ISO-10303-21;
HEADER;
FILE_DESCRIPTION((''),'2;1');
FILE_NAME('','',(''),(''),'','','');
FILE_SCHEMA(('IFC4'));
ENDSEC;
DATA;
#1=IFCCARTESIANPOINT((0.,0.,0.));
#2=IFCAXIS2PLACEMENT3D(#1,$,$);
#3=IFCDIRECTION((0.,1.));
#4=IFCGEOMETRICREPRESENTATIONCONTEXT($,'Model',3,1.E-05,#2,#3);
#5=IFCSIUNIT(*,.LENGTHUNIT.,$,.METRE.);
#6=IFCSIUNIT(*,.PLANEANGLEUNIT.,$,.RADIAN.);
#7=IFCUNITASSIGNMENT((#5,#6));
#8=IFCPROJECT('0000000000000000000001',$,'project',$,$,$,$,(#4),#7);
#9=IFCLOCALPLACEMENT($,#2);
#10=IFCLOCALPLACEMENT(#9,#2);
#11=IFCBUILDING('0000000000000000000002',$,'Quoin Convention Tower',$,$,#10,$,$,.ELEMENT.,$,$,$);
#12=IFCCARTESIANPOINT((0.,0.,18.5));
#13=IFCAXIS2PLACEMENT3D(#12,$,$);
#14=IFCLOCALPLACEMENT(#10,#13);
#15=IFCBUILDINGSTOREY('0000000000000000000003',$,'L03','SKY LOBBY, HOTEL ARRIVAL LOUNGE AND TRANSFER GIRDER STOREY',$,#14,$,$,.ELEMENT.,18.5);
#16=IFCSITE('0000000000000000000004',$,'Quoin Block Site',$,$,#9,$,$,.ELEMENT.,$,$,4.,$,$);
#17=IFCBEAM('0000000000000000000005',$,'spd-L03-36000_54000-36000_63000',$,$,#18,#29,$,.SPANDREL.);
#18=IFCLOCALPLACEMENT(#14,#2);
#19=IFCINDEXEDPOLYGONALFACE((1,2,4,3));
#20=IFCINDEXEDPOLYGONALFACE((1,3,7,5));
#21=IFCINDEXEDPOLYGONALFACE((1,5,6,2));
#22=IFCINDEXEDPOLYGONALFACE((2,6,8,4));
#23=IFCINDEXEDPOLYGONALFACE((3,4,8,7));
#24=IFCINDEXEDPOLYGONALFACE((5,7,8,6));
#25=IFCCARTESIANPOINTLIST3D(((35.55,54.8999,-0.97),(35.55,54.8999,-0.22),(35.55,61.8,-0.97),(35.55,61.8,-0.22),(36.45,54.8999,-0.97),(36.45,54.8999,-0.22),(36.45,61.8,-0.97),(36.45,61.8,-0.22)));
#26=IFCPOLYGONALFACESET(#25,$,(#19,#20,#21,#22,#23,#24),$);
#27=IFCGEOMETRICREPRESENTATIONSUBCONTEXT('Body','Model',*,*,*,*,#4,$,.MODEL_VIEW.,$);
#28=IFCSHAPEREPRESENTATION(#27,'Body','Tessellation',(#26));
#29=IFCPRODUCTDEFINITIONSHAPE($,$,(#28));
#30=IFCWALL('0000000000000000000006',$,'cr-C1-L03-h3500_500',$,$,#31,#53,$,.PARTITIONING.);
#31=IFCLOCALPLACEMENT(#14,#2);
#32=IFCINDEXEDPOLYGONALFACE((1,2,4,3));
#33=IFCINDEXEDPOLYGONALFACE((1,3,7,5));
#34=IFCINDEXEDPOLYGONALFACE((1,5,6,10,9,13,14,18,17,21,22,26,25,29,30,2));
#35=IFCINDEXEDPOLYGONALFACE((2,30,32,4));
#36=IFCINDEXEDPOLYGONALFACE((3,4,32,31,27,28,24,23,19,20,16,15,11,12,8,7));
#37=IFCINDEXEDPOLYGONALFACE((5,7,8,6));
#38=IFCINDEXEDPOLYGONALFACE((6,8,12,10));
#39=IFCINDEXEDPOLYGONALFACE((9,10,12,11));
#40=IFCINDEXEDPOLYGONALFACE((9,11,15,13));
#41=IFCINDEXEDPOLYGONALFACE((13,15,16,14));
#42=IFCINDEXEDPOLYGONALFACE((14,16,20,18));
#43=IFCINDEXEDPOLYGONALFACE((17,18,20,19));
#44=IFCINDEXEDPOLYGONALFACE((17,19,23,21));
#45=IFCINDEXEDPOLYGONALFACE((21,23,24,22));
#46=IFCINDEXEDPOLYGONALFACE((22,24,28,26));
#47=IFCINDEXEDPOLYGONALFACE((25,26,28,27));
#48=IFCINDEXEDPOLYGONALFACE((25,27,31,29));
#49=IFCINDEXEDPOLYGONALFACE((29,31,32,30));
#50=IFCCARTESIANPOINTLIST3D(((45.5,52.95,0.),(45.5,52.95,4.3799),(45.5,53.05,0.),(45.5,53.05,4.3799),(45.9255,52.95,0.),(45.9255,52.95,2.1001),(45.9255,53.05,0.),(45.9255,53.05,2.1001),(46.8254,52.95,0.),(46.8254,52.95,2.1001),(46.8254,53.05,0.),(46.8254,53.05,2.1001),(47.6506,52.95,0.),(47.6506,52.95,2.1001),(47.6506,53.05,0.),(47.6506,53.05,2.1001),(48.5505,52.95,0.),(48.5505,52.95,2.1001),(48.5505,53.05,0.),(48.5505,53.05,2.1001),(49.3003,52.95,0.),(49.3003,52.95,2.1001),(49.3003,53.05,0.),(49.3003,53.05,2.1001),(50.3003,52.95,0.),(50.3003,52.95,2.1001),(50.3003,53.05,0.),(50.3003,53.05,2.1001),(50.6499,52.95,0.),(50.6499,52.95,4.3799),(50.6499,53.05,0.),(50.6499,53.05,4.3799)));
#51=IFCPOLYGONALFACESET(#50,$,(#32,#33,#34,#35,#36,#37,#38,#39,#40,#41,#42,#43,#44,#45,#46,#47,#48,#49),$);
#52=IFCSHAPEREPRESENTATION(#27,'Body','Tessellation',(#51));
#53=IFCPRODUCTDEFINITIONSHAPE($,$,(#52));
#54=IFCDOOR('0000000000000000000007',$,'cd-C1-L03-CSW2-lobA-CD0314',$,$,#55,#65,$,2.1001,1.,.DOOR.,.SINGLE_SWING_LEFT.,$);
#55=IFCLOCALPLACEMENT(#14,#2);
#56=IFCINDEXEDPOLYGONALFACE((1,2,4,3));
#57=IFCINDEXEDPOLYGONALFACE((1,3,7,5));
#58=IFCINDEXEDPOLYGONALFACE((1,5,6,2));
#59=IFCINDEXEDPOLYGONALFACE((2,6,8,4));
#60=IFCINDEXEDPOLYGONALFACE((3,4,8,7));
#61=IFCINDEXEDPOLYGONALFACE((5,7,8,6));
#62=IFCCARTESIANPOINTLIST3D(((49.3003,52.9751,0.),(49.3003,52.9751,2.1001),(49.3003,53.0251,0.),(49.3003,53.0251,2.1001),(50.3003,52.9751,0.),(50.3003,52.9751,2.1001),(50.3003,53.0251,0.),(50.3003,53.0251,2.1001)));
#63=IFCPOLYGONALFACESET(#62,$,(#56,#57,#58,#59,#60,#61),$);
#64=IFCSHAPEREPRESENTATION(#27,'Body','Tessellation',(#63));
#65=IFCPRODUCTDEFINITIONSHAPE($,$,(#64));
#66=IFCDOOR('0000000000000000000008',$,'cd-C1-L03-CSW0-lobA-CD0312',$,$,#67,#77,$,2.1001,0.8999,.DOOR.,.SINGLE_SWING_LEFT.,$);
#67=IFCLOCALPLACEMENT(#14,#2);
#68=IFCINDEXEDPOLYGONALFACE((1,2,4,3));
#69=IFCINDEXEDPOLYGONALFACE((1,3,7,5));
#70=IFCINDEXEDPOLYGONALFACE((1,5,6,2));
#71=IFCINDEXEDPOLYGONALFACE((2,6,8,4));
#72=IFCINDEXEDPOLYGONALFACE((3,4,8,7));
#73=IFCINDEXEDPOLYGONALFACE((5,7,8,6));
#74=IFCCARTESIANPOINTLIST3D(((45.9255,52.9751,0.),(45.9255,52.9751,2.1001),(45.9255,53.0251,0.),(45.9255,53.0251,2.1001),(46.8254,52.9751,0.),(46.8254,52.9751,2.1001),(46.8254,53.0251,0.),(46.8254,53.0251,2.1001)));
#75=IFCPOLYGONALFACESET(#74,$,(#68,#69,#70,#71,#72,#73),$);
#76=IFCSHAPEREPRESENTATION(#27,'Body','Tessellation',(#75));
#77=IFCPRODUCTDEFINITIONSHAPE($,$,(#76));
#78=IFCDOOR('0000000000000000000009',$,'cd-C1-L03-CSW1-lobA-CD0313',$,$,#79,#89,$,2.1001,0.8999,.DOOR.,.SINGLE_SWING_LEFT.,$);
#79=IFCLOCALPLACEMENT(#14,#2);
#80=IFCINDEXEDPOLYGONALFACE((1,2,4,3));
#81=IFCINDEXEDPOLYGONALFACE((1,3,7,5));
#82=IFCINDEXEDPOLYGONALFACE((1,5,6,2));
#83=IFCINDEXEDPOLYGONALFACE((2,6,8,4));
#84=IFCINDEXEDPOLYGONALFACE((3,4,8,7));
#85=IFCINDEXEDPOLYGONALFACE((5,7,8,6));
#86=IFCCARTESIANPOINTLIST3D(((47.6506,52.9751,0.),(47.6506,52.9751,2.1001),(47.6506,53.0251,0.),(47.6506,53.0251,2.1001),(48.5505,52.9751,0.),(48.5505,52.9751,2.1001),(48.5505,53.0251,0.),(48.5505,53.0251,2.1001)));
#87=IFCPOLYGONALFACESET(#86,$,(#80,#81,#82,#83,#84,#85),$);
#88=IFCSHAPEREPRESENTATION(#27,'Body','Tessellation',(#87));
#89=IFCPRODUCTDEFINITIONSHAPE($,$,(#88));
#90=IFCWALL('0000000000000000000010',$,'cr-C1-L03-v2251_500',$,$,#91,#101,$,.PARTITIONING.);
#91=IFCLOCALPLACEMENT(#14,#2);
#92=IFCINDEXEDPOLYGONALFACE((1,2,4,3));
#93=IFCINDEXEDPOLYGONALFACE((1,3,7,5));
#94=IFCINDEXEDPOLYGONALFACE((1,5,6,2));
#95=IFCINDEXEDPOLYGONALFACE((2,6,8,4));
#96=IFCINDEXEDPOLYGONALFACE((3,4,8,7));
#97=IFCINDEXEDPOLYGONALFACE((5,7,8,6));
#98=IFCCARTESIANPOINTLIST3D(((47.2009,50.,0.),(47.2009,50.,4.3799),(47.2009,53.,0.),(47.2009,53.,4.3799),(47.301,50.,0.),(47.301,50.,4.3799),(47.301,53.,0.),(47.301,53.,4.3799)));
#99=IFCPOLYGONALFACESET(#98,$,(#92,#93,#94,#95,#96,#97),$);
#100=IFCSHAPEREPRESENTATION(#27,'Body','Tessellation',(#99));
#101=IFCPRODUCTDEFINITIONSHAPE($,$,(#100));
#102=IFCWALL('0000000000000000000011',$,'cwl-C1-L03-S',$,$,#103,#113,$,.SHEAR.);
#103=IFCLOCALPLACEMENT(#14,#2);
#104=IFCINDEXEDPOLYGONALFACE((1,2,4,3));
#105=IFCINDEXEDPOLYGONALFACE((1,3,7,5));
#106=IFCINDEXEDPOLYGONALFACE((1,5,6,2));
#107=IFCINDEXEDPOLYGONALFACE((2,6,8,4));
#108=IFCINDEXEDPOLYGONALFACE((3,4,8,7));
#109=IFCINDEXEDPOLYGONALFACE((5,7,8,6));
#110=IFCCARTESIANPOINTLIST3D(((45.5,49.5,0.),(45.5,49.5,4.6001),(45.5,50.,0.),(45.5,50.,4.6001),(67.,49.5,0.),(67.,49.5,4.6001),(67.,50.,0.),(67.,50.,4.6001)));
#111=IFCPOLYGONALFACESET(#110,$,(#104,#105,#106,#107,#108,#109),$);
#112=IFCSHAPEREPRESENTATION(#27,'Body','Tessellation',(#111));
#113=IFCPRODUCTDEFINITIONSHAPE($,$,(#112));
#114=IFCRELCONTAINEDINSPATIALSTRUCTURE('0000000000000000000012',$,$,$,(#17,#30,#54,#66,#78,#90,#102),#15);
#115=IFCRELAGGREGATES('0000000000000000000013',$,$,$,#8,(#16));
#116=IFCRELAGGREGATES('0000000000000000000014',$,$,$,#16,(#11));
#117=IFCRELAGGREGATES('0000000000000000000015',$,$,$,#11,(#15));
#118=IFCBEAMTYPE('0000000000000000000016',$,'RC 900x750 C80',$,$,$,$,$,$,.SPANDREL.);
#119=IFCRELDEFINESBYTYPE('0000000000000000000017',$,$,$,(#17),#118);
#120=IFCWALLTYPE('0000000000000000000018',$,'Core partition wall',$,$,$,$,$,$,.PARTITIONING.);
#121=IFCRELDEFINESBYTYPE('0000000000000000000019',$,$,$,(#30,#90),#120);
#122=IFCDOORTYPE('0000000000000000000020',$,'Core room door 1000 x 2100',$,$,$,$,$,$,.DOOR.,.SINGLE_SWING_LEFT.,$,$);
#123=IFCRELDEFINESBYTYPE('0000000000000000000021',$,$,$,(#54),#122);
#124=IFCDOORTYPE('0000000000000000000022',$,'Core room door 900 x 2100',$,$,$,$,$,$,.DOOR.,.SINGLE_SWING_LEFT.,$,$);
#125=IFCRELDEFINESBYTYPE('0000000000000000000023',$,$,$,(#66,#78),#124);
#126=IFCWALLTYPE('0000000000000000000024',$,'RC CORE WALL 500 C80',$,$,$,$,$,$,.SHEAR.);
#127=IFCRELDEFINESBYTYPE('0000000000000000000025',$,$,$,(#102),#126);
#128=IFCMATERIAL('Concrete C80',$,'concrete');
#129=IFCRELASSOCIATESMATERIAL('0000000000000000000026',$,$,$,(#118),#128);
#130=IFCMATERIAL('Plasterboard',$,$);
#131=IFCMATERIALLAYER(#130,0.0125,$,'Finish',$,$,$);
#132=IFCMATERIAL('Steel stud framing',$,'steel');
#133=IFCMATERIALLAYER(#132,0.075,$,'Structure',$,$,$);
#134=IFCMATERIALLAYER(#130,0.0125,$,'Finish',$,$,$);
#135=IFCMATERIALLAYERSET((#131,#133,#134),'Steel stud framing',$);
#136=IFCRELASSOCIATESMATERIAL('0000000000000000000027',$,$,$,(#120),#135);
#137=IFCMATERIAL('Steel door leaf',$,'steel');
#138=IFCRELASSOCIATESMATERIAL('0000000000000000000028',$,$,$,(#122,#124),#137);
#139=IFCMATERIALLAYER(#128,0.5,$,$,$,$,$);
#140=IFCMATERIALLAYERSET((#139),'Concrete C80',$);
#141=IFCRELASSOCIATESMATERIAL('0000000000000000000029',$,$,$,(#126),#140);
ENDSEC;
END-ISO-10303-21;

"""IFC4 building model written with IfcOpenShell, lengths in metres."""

from ifc_helpers import new_model, si_unit, direction, frame, frame_2d, origin, origin_2d, place, context, subcontext, project, spatial, rectangle, extrude, material, layer, layer_set, material_profile, profile_set, type_object, element, fill, save


model = new_model("IFC4")

# Units and contexts
model_context = context("Model", 3, precision=1e-05, world=origin(), true_north=direction((0.0, 1.0)))
body_context = subcontext(model_context, "Body", "Model", "MODEL_VIEW")
ifc_project = project(units=[si_unit("LENGTHUNIT", "METRE"), si_unit("PLANEANGLEUNIT", "RADIAN")], contexts=[model_context])

# Site, building, storey
site_placement = place(None, origin())
site = spatial("IfcSite", under=ifc_project, at=site_placement, Name="Quoin Block Site", CompositionType="ELEMENT", RefElevation=4.0)
building_placement = place(site_placement, origin())
building = spatial("IfcBuilding", under=site, at=building_placement, Name="Quoin Convention Tower", CompositionType="ELEMENT")
storey_placement = place(building_placement, frame((0.0, 0.0, 18.5)))
storey = spatial("IfcBuildingStorey", under=building, at=storey_placement, Name="L03", Description="SKY LOBBY, HOTEL ARRIVAL LOUNGE AND TRANSFER GIRDER STOREY", CompositionType="ELEMENT", Elevation=18.5)

# Shared definitions
ifc_material_1 = material(Name="Concrete C80", Category="concrete")

# Beam
ifc_material_profile_1 = material_profile(ifc_material_1, rectangle(XDim=0.8999, YDim=0.75, at=origin_2d()), Name="RC 900x750")
ifc_profile_set_1 = profile_set([ifc_material_profile_1], Name="Concrete C80")
beam_type_1 = type_object("IfcBeamType", Name="RC 900x750 C80", PredefinedType="SPANDREL", material=ifc_profile_set_1)
beam_1_placement = place(storey_placement, frame((36.0, 54.8999, -0.595), z_axis=(0.0, 1.0, 0.0), x_axis=(-1.0, 0.0, 0.0)))
element("IfcBeam", 1, at=beam_1_placement, inside=storey, type_object=beam_type_1, Name="spd-L03-36000_54000-36000_63000", PredefinedType="SPANDREL", context=body_context, shape_type="SweptSolid", body=[
    extrude(rectangle(XDim=0.8999, YDim=0.75, at=origin_2d()), origin(), (0.0, 0.0, 1.0), 6.9001),
])

# Wall, openings, doors
ifc_material_2 = material(Name="Plasterboard")
ifc_layer_1 = layer(ifc_material_2, 0.0125, Name="Finish")
ifc_material_3 = material(Name="Steel stud framing", Category="steel")
ifc_layer_2 = layer(ifc_material_3, 0.075, Name="Structure")
ifc_layer_3 = layer(ifc_material_2, 0.0125, Name="Finish")
ifc_layer_set_1 = layer_set([ifc_layer_1, ifc_layer_2, ifc_layer_3], Name="Steel stud framing")
wall_type_1 = type_object("IfcWallType", Name="Core partition wall", PredefinedType="PARTITIONING", material=ifc_layer_set_1)
wall_1_placement = place(storey_placement, frame((45.5, 53.0, 0.0), z_axis=(0.0, 0.0, 1.0), x_axis=(1.0, 0.0, 0.0)))
wall_1 = element("IfcWall", 2, at=wall_1_placement, inside=storey, type_object=wall_type_1, Name="cr-C1-L03-h3500_500", PredefinedType="PARTITIONING", context=body_context, shape_type="SweptSolid", body=[
    extrude(rectangle(XDim=5.1499, YDim=0.1001, at=frame_2d((2.575, 0.0))), origin(), (0.0, 0.0, 1.0), 4.3799),
])
opening_1_placement = place(wall_1_placement, frame((0.4255, 0.0, 0.0)))
opening_1 = element("IfcOpeningElement", 3, at=opening_1_placement, cuts=wall_1, PredefinedType="OPENING", context=body_context, shape_type="SweptSolid", body=[
    extrude(rectangle(XDim=0.8999, YDim=2.1001, at=frame_2d((0.45, 1.05))), frame((0.0, 0.0601, 0.0), z_axis=(0.0, -1.0, 0.0), x_axis=(1.0, 0.0, 0.0)), (0.0, 0.0, 1.0), 0.1201),
])
opening_2_placement = place(wall_1_placement, frame((2.1506, 0.0, 0.0)))
opening_2 = element("IfcOpeningElement", 4, at=opening_2_placement, cuts=wall_1, PredefinedType="OPENING", context=body_context, shape_type="SweptSolid", body=[
    extrude(rectangle(XDim=0.8999, YDim=2.1001, at=frame_2d((0.45, 1.05))), frame((0.0, 0.0601, 0.0), z_axis=(0.0, -1.0, 0.0), x_axis=(1.0, 0.0, 0.0)), (0.0, 0.0, 1.0), 0.1201),
])
opening_3_placement = place(wall_1_placement, frame((3.8003, 0.0, 0.0)))
opening_3 = element("IfcOpeningElement", 5, at=opening_3_placement, cuts=wall_1, PredefinedType="OPENING", context=body_context, shape_type="SweptSolid", body=[
    extrude(rectangle(XDim=1.0, YDim=2.1001, at=frame_2d((0.5, 1.05))), frame((0.0, 0.0601, 0.0), z_axis=(0.0, -1.0, 0.0), x_axis=(1.0, 0.0, 0.0)), (0.0, 0.0, 1.0), 0.1201),
])
ifc_material_4 = material(Name="Steel door leaf", Category="steel")
door_type_1 = type_object("IfcDoorType", Name="Core room door 1000 x 2100", OperationType="SINGLE_SWING_LEFT", PredefinedType="DOOR", material=ifc_material_4)
door_1_placement = place(opening_3_placement, frame((1.0, 0.0, 0.0), z_axis=(0.0, 0.0, 1.0), x_axis=(-1.0, 0.0, 0.0)))
door_1 = element("IfcDoor", 6, at=door_1_placement, inside=storey, type_object=door_type_1, Name="cd-C1-L03-CSW2-lobA-CD0314", OperationType="SINGLE_SWING_LEFT", OverallHeight=2.1001, OverallWidth=1.0, PredefinedType="DOOR", context=body_context, shape_type="SweptSolid", body=[
    extrude(rectangle(XDim=1.0, YDim=2.1001, at=frame_2d((0.5, 1.05))), frame((0.0, 0.0249, 0.0), z_axis=(0.0, -1.0, 0.0), x_axis=(1.0, 0.0, 0.0)), (0.0, 0.0, 1.0), 0.05),
])
fill(opening_3, door_1)
door_type_2 = type_object("IfcDoorType", Name="Core room door 900 x 2100", OperationType="SINGLE_SWING_LEFT", PredefinedType="DOOR", material=ifc_material_4)
door_2_placement = place(opening_1_placement, frame((0.8999, 0.0, 0.0), z_axis=(0.0, 0.0, 1.0), x_axis=(-1.0, 0.0, 0.0)))
door_2 = element("IfcDoor", 7, at=door_2_placement, inside=storey, type_object=door_type_2, Name="cd-C1-L03-CSW0-lobA-CD0312", OperationType="SINGLE_SWING_LEFT", OverallHeight=2.1001, OverallWidth=0.8999, PredefinedType="DOOR", context=body_context, shape_type="SweptSolid", body=[
    extrude(rectangle(XDim=0.8999, YDim=2.1001, at=frame_2d((0.45, 1.05))), frame((0.0, 0.0249, 0.0), z_axis=(0.0, -1.0, 0.0), x_axis=(1.0, 0.0, 0.0)), (0.0, 0.0, 1.0), 0.05),
])
fill(opening_1, door_2)
door_3_placement = place(opening_2_placement, frame((0.8999, 0.0, 0.0), z_axis=(0.0, 0.0, 1.0), x_axis=(-1.0, 0.0, 0.0)))
door_3 = element("IfcDoor", 8, at=door_3_placement, inside=storey, type_object=door_type_2, Name="cd-C1-L03-CSW1-lobA-CD0313", OperationType="SINGLE_SWING_LEFT", OverallHeight=2.1001, OverallWidth=0.8999, PredefinedType="DOOR", context=body_context, shape_type="SweptSolid", body=[
    extrude(rectangle(XDim=0.8999, YDim=2.1001, at=frame_2d((0.45, 1.05))), frame((0.0, 0.0249, 0.0), z_axis=(0.0, -1.0, 0.0), x_axis=(1.0, 0.0, 0.0)), (0.0, 0.0, 1.0), 0.05),
])
fill(opening_2, door_3)

# Walls
wall_2_placement = place(storey_placement, frame((47.251, 50.0, 0.0), z_axis=(0.0, 0.0, 1.0), x_axis=(0.0, 1.0, 0.0)))
element("IfcWall", 9, at=wall_2_placement, inside=storey, type_object=wall_type_1, Name="cr-C1-L03-v2251_500", PredefinedType="PARTITIONING", context=body_context, shape_type="SweptSolid", body=[
    extrude(rectangle(XDim=3.0, YDim=0.1001, at=frame_2d((1.5, 0.0))), origin(), (0.0, 0.0, 1.0), 4.3799),
])
ifc_layer_4 = layer(ifc_material_1, 0.5)
ifc_layer_set_2 = layer_set([ifc_layer_4], Name="Concrete C80")
wall_type_2 = type_object("IfcWallType", Name="RC CORE WALL 500 C80", PredefinedType="SHEAR", material=ifc_layer_set_2)
wall_3_placement = place(storey_placement, frame((45.5, 49.75, 0.0), z_axis=(0.0, 0.0, 1.0), x_axis=(1.0, 0.0, 0.0)))
element("IfcWall", 10, at=wall_3_placement, inside=storey, type_object=wall_type_2, Name="cwl-C1-L03-S", PredefinedType="SHEAR", context=body_context, shape_type="SweptSolid", body=[
    extrude(rectangle(XDim=21.5, YDim=0.5, at=frame_2d((10.75, 0.0))), origin(), (0.0, 0.0, 1.0), 4.6001),
])

save(model, "model.ifc")
